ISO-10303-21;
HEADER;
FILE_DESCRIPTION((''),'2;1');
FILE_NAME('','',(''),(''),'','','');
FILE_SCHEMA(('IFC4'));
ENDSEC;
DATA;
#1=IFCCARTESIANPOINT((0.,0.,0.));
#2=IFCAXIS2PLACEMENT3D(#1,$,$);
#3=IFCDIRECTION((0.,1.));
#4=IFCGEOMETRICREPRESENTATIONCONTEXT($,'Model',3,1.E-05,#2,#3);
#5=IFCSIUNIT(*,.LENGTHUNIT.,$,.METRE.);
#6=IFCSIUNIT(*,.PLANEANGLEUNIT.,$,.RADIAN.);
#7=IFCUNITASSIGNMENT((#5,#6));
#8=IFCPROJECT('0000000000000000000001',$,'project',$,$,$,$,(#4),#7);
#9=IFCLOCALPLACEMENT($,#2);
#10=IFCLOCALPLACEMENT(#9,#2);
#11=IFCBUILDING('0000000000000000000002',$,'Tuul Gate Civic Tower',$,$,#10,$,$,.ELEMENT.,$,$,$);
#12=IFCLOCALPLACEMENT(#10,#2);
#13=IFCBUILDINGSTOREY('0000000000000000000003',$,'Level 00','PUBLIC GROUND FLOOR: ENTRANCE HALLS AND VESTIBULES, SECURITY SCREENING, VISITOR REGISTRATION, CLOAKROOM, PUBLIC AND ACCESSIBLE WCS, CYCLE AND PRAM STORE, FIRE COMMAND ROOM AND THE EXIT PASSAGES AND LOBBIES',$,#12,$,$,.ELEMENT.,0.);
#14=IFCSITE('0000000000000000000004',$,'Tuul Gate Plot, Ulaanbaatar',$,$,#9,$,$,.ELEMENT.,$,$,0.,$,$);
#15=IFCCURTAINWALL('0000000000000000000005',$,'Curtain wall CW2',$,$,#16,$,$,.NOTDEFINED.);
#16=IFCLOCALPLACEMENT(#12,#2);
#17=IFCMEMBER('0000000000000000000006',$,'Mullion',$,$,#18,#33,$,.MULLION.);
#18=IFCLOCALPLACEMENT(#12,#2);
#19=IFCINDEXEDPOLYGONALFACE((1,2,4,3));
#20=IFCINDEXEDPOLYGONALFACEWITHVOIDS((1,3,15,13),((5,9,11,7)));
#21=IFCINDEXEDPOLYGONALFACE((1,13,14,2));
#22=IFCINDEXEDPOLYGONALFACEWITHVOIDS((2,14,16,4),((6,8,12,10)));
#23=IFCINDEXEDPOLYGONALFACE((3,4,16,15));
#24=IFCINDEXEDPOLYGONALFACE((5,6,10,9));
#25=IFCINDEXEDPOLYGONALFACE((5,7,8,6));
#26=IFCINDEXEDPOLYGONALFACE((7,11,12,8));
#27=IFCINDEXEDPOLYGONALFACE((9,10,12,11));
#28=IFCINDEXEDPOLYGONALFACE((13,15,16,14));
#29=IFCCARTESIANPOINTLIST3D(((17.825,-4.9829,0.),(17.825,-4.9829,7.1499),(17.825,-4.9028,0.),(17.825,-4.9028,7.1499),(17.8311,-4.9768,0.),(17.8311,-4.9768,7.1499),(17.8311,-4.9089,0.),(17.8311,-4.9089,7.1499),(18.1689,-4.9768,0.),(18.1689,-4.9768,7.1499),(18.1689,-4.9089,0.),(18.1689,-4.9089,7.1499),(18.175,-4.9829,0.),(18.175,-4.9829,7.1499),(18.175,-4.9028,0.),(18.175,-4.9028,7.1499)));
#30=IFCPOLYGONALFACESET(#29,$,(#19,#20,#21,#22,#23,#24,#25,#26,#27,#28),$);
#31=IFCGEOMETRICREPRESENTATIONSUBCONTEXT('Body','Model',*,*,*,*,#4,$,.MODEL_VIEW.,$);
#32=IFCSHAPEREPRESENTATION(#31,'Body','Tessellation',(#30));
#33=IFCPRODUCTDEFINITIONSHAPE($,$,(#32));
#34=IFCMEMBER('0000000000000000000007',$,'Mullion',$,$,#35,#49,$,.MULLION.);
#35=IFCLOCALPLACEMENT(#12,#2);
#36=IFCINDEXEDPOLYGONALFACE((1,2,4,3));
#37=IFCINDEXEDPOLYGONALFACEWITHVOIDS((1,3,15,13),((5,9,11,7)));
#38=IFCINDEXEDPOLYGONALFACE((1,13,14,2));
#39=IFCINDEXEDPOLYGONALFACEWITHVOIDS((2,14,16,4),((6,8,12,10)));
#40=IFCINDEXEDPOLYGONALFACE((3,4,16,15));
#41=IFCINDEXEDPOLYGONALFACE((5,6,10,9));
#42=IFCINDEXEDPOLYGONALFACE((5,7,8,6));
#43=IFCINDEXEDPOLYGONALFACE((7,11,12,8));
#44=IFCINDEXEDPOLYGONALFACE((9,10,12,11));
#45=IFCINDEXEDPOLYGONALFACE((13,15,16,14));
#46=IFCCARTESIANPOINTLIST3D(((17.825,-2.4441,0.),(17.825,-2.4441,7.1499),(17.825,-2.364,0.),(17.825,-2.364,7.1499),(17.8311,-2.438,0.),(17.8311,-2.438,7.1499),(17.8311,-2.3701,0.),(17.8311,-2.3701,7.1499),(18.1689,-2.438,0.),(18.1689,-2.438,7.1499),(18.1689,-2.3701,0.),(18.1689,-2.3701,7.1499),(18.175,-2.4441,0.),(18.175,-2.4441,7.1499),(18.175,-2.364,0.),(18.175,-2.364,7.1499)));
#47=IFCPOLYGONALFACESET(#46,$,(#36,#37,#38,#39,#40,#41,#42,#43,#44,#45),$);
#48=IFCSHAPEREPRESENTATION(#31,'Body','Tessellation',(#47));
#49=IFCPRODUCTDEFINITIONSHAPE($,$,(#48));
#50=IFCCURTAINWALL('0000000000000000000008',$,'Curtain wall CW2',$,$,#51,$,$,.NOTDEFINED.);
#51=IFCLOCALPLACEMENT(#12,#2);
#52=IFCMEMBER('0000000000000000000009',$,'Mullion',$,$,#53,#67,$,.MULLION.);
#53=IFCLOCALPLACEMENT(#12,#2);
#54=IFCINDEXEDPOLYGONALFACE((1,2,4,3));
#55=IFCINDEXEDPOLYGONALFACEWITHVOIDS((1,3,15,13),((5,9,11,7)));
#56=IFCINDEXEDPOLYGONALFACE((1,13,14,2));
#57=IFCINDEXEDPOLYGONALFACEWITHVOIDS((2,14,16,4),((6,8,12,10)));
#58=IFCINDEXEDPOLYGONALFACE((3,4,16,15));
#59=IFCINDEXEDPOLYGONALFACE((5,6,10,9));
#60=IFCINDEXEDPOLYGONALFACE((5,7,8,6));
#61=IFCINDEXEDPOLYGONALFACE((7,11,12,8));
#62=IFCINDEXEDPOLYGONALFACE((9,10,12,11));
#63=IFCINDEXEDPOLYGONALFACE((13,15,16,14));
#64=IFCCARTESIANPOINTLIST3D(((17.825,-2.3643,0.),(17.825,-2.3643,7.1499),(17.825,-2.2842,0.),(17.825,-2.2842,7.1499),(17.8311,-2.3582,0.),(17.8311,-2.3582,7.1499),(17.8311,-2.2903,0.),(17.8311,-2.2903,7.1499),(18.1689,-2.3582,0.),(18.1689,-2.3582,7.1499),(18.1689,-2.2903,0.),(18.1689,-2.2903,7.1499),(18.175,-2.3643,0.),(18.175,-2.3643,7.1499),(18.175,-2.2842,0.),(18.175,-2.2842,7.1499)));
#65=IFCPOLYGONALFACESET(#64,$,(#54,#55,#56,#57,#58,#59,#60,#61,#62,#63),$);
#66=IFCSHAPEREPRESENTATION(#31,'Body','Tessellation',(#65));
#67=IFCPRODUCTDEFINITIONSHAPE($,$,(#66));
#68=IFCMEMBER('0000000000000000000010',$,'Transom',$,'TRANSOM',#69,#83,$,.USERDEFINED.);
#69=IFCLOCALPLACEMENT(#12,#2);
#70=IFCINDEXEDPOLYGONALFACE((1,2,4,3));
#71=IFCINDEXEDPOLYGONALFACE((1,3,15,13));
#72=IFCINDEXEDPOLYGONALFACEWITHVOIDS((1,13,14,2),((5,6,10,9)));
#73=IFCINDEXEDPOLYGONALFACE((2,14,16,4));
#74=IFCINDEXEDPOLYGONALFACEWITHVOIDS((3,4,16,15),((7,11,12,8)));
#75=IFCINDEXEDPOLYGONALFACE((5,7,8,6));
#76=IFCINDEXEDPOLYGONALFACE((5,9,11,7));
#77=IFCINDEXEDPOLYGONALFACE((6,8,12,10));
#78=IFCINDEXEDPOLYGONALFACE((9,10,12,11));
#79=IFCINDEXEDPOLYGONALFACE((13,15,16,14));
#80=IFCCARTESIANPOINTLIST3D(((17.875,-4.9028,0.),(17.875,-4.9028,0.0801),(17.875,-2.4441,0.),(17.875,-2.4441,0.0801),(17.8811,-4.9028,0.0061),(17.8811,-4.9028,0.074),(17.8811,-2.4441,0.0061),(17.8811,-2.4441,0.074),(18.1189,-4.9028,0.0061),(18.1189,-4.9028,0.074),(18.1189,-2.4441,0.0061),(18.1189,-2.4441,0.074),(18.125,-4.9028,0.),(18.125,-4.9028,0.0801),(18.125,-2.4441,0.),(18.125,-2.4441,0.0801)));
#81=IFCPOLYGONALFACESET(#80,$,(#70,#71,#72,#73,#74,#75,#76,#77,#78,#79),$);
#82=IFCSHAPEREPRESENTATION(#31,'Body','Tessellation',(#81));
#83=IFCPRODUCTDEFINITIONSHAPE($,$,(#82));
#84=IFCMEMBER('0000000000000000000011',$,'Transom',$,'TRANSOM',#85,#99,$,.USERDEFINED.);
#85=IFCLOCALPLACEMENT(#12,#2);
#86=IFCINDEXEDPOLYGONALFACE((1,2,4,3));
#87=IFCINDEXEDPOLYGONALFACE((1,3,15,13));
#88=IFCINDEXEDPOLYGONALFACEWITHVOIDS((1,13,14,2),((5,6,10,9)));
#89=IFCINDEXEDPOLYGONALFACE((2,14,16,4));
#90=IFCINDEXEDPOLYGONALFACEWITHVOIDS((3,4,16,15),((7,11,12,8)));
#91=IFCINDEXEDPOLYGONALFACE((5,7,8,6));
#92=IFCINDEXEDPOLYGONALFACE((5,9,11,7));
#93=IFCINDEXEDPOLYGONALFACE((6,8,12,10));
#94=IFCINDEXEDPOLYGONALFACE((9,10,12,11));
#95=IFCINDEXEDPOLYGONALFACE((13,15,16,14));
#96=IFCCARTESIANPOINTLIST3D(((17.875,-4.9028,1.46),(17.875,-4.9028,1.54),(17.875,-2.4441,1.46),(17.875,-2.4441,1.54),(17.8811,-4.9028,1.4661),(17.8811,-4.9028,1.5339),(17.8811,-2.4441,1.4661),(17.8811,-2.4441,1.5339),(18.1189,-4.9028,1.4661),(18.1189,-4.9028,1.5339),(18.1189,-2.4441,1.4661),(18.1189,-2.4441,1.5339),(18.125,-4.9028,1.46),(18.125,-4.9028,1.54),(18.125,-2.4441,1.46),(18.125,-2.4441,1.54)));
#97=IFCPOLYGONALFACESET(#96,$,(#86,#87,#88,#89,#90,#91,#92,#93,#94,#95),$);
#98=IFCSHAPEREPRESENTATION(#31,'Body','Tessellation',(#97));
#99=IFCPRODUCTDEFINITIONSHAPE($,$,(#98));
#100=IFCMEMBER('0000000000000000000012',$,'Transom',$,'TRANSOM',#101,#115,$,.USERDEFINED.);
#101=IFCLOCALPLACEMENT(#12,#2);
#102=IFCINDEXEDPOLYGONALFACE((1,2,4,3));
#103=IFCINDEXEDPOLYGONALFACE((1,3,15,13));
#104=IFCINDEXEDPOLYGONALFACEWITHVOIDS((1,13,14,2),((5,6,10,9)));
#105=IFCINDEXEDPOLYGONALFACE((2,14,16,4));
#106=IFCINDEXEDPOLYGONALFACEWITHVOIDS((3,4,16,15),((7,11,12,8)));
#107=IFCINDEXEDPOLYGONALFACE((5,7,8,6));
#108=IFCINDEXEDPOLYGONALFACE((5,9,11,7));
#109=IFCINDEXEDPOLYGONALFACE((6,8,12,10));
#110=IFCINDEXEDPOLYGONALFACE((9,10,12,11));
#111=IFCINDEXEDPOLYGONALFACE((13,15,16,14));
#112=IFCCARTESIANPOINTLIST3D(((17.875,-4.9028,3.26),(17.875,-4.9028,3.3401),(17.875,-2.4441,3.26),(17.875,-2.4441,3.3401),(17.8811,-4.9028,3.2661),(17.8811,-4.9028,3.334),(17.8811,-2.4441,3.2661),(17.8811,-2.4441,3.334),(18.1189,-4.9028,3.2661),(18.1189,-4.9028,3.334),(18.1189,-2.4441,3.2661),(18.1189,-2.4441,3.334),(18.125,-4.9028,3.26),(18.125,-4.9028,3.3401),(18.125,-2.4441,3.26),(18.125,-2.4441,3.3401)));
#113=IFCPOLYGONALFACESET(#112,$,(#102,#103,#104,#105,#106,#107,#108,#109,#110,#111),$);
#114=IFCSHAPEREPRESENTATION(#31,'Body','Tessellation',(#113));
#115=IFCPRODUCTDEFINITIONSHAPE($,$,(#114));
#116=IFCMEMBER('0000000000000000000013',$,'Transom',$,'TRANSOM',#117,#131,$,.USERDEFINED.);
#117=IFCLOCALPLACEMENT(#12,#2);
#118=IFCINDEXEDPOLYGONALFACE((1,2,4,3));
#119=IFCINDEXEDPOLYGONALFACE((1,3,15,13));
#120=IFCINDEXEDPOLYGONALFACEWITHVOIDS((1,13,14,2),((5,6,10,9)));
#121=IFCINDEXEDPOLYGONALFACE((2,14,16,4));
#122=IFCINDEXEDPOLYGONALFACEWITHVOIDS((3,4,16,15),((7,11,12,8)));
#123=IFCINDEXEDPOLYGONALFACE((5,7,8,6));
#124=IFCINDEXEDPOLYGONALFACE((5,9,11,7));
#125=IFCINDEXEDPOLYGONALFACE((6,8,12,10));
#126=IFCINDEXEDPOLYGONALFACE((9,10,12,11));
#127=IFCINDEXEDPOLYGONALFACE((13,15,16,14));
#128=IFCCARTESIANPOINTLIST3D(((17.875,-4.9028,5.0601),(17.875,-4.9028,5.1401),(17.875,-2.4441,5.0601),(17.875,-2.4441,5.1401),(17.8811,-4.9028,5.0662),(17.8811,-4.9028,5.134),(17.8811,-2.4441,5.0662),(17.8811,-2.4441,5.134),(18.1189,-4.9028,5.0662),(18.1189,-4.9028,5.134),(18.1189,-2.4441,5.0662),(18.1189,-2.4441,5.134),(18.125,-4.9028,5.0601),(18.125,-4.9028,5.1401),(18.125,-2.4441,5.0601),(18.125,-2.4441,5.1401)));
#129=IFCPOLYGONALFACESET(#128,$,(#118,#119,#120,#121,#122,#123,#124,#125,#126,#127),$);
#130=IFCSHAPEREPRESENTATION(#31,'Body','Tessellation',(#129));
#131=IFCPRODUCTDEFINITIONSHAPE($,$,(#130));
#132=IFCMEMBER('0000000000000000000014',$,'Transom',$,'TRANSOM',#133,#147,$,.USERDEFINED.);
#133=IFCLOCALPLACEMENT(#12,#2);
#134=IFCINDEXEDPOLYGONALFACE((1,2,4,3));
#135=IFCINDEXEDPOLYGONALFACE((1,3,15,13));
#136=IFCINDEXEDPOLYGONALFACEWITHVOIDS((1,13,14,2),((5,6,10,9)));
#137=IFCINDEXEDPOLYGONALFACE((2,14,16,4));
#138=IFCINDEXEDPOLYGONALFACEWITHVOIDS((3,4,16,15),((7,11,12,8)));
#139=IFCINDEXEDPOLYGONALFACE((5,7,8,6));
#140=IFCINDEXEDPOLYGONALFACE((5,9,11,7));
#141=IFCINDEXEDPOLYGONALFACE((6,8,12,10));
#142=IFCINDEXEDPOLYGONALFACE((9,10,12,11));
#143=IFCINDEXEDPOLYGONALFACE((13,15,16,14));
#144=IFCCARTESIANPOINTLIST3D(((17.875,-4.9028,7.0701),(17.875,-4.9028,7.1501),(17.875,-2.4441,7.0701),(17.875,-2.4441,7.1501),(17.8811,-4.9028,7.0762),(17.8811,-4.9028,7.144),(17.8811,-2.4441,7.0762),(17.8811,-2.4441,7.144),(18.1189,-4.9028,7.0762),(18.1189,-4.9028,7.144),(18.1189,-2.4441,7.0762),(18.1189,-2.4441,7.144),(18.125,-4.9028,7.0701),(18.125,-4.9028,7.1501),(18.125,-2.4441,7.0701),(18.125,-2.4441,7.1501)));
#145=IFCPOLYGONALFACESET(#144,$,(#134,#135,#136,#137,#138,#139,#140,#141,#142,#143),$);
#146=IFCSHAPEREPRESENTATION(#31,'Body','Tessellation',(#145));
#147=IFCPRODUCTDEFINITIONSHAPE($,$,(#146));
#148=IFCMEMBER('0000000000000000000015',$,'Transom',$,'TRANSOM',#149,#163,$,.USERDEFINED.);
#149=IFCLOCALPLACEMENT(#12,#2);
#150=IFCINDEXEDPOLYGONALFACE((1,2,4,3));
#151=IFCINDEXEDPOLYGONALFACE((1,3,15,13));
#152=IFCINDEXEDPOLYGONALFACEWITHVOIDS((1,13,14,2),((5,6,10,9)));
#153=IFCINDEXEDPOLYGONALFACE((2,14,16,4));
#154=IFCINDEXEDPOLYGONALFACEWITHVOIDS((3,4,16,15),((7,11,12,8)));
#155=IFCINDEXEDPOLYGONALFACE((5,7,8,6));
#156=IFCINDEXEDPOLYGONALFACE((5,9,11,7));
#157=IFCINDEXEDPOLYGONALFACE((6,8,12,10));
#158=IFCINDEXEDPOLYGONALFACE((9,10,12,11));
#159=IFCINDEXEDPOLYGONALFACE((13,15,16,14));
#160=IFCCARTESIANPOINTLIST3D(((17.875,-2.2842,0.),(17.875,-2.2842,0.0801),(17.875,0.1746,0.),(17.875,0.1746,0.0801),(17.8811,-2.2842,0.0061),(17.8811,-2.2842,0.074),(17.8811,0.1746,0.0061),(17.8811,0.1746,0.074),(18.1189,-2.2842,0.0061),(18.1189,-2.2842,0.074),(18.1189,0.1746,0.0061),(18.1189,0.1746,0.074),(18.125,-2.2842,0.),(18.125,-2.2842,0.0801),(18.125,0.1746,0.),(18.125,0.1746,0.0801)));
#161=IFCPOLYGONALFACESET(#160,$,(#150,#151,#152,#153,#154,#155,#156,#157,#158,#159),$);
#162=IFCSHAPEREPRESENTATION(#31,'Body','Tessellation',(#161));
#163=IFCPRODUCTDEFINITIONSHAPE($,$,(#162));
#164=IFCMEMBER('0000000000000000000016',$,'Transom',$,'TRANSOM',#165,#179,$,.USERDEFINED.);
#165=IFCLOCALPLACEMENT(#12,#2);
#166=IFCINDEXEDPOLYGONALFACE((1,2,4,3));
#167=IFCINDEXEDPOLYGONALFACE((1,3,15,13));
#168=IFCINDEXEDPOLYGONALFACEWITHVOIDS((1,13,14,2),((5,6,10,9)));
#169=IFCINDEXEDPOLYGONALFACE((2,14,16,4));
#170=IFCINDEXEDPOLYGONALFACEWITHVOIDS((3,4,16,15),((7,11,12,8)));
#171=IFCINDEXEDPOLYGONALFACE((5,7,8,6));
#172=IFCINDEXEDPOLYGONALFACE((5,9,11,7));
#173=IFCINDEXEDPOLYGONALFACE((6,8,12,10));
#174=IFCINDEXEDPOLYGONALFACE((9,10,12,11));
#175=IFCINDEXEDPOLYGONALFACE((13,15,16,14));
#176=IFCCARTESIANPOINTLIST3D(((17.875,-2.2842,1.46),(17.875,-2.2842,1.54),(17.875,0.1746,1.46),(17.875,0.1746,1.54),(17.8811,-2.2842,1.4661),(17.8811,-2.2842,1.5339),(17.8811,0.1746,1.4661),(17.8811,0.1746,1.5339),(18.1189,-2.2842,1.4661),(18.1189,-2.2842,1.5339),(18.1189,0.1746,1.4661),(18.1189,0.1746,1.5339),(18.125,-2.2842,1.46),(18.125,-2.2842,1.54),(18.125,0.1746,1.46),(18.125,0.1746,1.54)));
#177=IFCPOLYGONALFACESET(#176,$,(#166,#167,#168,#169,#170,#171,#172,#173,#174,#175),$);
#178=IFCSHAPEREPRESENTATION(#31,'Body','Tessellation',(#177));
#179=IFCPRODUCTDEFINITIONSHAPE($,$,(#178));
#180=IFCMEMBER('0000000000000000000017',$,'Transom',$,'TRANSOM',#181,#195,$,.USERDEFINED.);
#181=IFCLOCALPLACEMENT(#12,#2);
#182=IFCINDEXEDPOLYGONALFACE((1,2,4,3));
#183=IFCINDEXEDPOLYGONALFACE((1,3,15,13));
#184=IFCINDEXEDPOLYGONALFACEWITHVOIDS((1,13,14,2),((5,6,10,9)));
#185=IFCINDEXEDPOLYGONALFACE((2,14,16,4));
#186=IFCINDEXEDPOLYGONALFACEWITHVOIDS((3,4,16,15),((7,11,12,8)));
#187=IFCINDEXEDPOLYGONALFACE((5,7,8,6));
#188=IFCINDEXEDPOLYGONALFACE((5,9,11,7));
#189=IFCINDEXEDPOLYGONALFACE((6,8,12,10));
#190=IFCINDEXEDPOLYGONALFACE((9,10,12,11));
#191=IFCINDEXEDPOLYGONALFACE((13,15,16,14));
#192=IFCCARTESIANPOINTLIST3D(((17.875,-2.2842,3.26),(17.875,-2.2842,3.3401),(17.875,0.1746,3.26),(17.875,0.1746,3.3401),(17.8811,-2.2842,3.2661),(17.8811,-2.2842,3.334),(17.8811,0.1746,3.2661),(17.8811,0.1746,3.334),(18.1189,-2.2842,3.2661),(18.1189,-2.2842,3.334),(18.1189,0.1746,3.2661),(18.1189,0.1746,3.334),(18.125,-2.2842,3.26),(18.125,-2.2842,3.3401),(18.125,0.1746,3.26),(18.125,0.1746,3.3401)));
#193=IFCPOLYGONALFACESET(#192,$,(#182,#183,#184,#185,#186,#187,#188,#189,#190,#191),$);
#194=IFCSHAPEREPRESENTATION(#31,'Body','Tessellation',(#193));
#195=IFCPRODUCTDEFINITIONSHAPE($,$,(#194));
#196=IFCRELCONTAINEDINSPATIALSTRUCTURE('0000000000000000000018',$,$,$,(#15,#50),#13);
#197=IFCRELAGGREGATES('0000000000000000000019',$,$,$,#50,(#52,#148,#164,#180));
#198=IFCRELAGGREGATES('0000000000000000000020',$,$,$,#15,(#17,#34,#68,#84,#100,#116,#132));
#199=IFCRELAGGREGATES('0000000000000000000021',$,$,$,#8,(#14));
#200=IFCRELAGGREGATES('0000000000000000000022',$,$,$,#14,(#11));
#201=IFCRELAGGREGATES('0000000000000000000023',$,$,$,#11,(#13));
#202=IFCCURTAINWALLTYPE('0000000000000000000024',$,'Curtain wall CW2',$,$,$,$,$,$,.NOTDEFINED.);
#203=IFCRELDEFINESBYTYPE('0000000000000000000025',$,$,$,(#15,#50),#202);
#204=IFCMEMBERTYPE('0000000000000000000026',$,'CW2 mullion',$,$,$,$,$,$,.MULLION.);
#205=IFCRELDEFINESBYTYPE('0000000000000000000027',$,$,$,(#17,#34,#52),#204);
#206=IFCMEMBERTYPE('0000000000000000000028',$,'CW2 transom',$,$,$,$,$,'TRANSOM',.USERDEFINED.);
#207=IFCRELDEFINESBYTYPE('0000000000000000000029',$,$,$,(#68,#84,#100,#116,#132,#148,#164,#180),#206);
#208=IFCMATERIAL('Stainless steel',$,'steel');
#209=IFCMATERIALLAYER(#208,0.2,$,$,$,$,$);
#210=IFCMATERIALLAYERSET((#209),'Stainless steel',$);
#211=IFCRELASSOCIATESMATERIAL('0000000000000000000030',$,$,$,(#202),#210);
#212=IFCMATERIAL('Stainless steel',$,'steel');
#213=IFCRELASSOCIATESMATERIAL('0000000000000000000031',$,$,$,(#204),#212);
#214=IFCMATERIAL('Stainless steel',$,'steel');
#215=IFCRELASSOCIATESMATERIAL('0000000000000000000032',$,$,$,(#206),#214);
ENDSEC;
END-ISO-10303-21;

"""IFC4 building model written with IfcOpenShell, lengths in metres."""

from ifc_helpers import new_model, si_unit, direction, frame, origin, origin_2d, place, context, subcontext, project, spatial, hollow_rectangle, extrude, material, layer, layer_set, material_profile, profile_set, type_object, element, aggregate, save


model = new_model("IFC4")

# Units and contexts
model_context = context("Model", 3, precision=1e-05, world=origin(), true_north=direction((0.0, 1.0)))
body_context = subcontext(model_context, "Body", "Model", "MODEL_VIEW")
ifc_project = project(units=[si_unit("LENGTHUNIT", "METRE"), si_unit("PLANEANGLEUNIT", "RADIAN")], contexts=[model_context])

# Site, building, storey
site_placement = place(None, origin())
site = spatial("IfcSite", under=ifc_project, at=site_placement, Name="Tuul Gate Plot, Ulaanbaatar", CompositionType="ELEMENT", RefElevation=0.0)
building_placement = place(site_placement, origin())
building = spatial("IfcBuilding", under=site, at=building_placement, Name="Tuul Gate Civic Tower", CompositionType="ELEMENT")
storey_placement = place(building_placement, origin())
storey = spatial("IfcBuildingStorey", under=building, at=storey_placement, Name="Level 00", Description="PUBLIC GROUND FLOOR: ENTRANCE HALLS AND VESTIBULES, SECURITY SCREENING, VISITOR REGISTRATION, CLOAKROOM, PUBLIC AND ACCESSIBLE WCS, CYCLE AND PRAM STORE, FIRE COMMAND ROOM AND THE EXIT PASSAGES AND LOBBIES", CompositionType="ELEMENT", Elevation=0.0)

# Curtain wall, members
ifc_material_1 = material(Name="Stainless steel", Category="steel")
ifc_layer_1 = layer(ifc_material_1, 0.2)
ifc_layer_set_1 = layer_set([ifc_layer_1], Name="Stainless steel")
curtain_wall_type = type_object("IfcCurtainWallType", Name="Curtain wall CW2", PredefinedType="NOTDEFINED", material=ifc_layer_set_1)
curtain_wall_1_placement = place(storey_placement, origin())
curtain_wall_1 = element("IfcCurtainWall", 1, at=curtain_wall_1_placement, inside=storey, type_object=curtain_wall_type, Name="Curtain wall CW2", PredefinedType="NOTDEFINED")
ifc_material_2 = material(Name="Stainless steel", Category="steel")
ifc_material_profile_1 = material_profile(ifc_material_2, hollow_rectangle(XDim=0.3501, YDim=0.0801, WallThickness=0.0061, at=origin_2d()), Name="CW2 mullion")
ifc_profile_set_1 = profile_set([ifc_material_profile_1], Name="Stainless steel")
member_type_1 = type_object("IfcMemberType", Name="CW2 mullion", PredefinedType="MULLION", material=ifc_profile_set_1)
member_1_placement = place(storey_placement, frame((18.0, -4.9429, 0.0), z_axis=(0.0, 0.0, 1.0), x_axis=(-1.0, 0.0, 0.0)))
member_1 = element("IfcMember", 2, at=member_1_placement, type_object=member_type_1, Name="Mullion", PredefinedType="MULLION", context=body_context, shape_type="SweptSolid", body=[
    extrude(hollow_rectangle(XDim=0.3501, YDim=0.0801, WallThickness=0.0061, at=origin_2d()), origin(), (0.0, 0.0, 1.0), 7.1499),
])
member_2_placement = place(storey_placement, frame((18.0, -2.4041, 0.0), z_axis=(0.0, 0.0, 1.0), x_axis=(-1.0, 0.0, 0.0)))
member_2 = element("IfcMember", 3, at=member_2_placement, type_object=member_type_1, Name="Mullion", PredefinedType="MULLION", context=body_context, shape_type="SweptSolid", body=[
    extrude(hollow_rectangle(XDim=0.3501, YDim=0.0801, WallThickness=0.0061, at=origin_2d()), origin(), (0.0, 0.0, 1.0), 7.1499),
])

# Curtain wall, member
curtain_wall_2_placement = place(storey_placement, origin())
curtain_wall_2 = element("IfcCurtainWall", 4, at=curtain_wall_2_placement, inside=storey, type_object=curtain_wall_type, Name="Curtain wall CW2", PredefinedType="NOTDEFINED")
member_3_placement = place(storey_placement, frame((18.0, -2.3242, 0.0), z_axis=(0.0, 0.0, 1.0), x_axis=(-1.0, 0.0, 0.0)))
member_3 = element("IfcMember", 5, at=member_3_placement, type_object=member_type_1, Name="Mullion", PredefinedType="MULLION", context=body_context, shape_type="SweptSolid", body=[
    extrude(hollow_rectangle(XDim=0.3501, YDim=0.0801, WallThickness=0.0061, at=origin_2d()), origin(), (0.0, 0.0, 1.0), 7.1499),
])

# Members
ifc_material_3 = material(Name="Stainless steel", Category="steel")
ifc_material_profile_2 = material_profile(ifc_material_3, hollow_rectangle(XDim=0.25, YDim=0.0801, WallThickness=0.0061, at=origin_2d()), Name="CW2 transom")
ifc_profile_set_2 = profile_set([ifc_material_profile_2], Name="Stainless steel")
member_type_2 = type_object("IfcMemberType", Name="CW2 transom", ElementType="TRANSOM", PredefinedType="USERDEFINED", material=ifc_profile_set_2)
member_4_placement = place(storey_placement, frame((18.0, -4.9028, 0.04), z_axis=(0.0, 1.0, 0.0), x_axis=(-1.0, 0.0, 0.0)))
member_4 = element("IfcMember", 6, at=member_4_placement, type_object=member_type_2, Name="Transom", ObjectType="TRANSOM", PredefinedType="USERDEFINED", context=body_context, shape_type="SweptSolid", body=[
    extrude(hollow_rectangle(XDim=0.25, YDim=0.0801, WallThickness=0.0061, at=origin_2d()), origin(), (0.0, 0.0, 1.0), 2.4587),
])
member_5_placement = place(storey_placement, frame((18.0, -4.9028, 1.5), z_axis=(0.0, 1.0, 0.0), x_axis=(-1.0, 0.0, 0.0)))
member_5 = element("IfcMember", 7, at=member_5_placement, type_object=member_type_2, Name="Transom", ObjectType="TRANSOM", PredefinedType="USERDEFINED", context=body_context, shape_type="SweptSolid", body=[
    extrude(hollow_rectangle(XDim=0.25, YDim=0.0801, WallThickness=0.0061, at=origin_2d()), origin(), (0.0, 0.0, 1.0), 2.4587),
])
member_6_placement = place(storey_placement, frame((18.0, -4.9028, 3.3), z_axis=(0.0, 1.0, 0.0), x_axis=(-1.0, 0.0, 0.0)))
member_6 = element("IfcMember", 8, at=member_6_placement, type_object=member_type_2, Name="Transom", ObjectType="TRANSOM", PredefinedType="USERDEFINED", context=body_context, shape_type="SweptSolid", body=[
    extrude(hollow_rectangle(XDim=0.25, YDim=0.0801, WallThickness=0.0061, at=origin_2d()), origin(), (0.0, 0.0, 1.0), 2.4587),
])
member_7_placement = place(storey_placement, frame((18.0, -4.9028, 5.1001), z_axis=(0.0, 1.0, 0.0), x_axis=(-1.0, 0.0, 0.0)))
member_7 = element("IfcMember", 9, at=member_7_placement, type_object=member_type_2, Name="Transom", ObjectType="TRANSOM", PredefinedType="USERDEFINED", context=body_context, shape_type="SweptSolid", body=[
    extrude(hollow_rectangle(XDim=0.25, YDim=0.0801, WallThickness=0.0061, at=origin_2d()), origin(), (0.0, 0.0, 1.0), 2.4587),
])
member_8_placement = place(storey_placement, frame((18.0, -4.9028, 7.1101), z_axis=(0.0, 1.0, 0.0), x_axis=(-1.0, 0.0, 0.0)))
member_8 = element("IfcMember", 10, at=member_8_placement, type_object=member_type_2, Name="Transom", ObjectType="TRANSOM", PredefinedType="USERDEFINED", context=body_context, shape_type="SweptSolid", body=[
    extrude(hollow_rectangle(XDim=0.25, YDim=0.0801, WallThickness=0.0061, at=origin_2d()), origin(), (0.0, 0.0, 1.0), 2.4587),
])
member_9_placement = place(storey_placement, frame((18.0, -2.2842, 0.04), z_axis=(0.0, 1.0, 0.0), x_axis=(-1.0, 0.0, 0.0)))
member_9 = element("IfcMember", 11, at=member_9_placement, type_object=member_type_2, Name="Transom", ObjectType="TRANSOM", PredefinedType="USERDEFINED", context=body_context, shape_type="SweptSolid", body=[
    extrude(hollow_rectangle(XDim=0.25, YDim=0.0801, WallThickness=0.0061, at=origin_2d()), origin(), (0.0, 0.0, 1.0), 2.4587),
])
member_10_placement = place(storey_placement, frame((18.0, -2.2842, 1.5), z_axis=(0.0, 1.0, 0.0), x_axis=(-1.0, 0.0, 0.0)))
member_10 = element("IfcMember", 12, at=member_10_placement, type_object=member_type_2, Name="Transom", ObjectType="TRANSOM", PredefinedType="USERDEFINED", context=body_context, shape_type="SweptSolid", body=[
    extrude(hollow_rectangle(XDim=0.25, YDim=0.0801, WallThickness=0.0061, at=origin_2d()), origin(), (0.0, 0.0, 1.0), 2.4587),
])
member_11_placement = place(storey_placement, frame((18.0, -2.2842, 3.3), z_axis=(0.0, 1.0, 0.0), x_axis=(-1.0, 0.0, 0.0)))
member_11 = element("IfcMember", 13, at=member_11_placement, type_object=member_type_2, Name="Transom", ObjectType="TRANSOM", PredefinedType="USERDEFINED", context=body_context, shape_type="SweptSolid", body=[
    extrude(hollow_rectangle(XDim=0.25, YDim=0.0801, WallThickness=0.0061, at=origin_2d()), origin(), (0.0, 0.0, 1.0), 2.4587),
])
aggregate(curtain_wall_2, [member_3, member_9, member_10, member_11])

aggregate(curtain_wall_1, [member_1, member_2, member_4, member_5, member_6, member_7, member_8])

save(model, "model.ifc")
